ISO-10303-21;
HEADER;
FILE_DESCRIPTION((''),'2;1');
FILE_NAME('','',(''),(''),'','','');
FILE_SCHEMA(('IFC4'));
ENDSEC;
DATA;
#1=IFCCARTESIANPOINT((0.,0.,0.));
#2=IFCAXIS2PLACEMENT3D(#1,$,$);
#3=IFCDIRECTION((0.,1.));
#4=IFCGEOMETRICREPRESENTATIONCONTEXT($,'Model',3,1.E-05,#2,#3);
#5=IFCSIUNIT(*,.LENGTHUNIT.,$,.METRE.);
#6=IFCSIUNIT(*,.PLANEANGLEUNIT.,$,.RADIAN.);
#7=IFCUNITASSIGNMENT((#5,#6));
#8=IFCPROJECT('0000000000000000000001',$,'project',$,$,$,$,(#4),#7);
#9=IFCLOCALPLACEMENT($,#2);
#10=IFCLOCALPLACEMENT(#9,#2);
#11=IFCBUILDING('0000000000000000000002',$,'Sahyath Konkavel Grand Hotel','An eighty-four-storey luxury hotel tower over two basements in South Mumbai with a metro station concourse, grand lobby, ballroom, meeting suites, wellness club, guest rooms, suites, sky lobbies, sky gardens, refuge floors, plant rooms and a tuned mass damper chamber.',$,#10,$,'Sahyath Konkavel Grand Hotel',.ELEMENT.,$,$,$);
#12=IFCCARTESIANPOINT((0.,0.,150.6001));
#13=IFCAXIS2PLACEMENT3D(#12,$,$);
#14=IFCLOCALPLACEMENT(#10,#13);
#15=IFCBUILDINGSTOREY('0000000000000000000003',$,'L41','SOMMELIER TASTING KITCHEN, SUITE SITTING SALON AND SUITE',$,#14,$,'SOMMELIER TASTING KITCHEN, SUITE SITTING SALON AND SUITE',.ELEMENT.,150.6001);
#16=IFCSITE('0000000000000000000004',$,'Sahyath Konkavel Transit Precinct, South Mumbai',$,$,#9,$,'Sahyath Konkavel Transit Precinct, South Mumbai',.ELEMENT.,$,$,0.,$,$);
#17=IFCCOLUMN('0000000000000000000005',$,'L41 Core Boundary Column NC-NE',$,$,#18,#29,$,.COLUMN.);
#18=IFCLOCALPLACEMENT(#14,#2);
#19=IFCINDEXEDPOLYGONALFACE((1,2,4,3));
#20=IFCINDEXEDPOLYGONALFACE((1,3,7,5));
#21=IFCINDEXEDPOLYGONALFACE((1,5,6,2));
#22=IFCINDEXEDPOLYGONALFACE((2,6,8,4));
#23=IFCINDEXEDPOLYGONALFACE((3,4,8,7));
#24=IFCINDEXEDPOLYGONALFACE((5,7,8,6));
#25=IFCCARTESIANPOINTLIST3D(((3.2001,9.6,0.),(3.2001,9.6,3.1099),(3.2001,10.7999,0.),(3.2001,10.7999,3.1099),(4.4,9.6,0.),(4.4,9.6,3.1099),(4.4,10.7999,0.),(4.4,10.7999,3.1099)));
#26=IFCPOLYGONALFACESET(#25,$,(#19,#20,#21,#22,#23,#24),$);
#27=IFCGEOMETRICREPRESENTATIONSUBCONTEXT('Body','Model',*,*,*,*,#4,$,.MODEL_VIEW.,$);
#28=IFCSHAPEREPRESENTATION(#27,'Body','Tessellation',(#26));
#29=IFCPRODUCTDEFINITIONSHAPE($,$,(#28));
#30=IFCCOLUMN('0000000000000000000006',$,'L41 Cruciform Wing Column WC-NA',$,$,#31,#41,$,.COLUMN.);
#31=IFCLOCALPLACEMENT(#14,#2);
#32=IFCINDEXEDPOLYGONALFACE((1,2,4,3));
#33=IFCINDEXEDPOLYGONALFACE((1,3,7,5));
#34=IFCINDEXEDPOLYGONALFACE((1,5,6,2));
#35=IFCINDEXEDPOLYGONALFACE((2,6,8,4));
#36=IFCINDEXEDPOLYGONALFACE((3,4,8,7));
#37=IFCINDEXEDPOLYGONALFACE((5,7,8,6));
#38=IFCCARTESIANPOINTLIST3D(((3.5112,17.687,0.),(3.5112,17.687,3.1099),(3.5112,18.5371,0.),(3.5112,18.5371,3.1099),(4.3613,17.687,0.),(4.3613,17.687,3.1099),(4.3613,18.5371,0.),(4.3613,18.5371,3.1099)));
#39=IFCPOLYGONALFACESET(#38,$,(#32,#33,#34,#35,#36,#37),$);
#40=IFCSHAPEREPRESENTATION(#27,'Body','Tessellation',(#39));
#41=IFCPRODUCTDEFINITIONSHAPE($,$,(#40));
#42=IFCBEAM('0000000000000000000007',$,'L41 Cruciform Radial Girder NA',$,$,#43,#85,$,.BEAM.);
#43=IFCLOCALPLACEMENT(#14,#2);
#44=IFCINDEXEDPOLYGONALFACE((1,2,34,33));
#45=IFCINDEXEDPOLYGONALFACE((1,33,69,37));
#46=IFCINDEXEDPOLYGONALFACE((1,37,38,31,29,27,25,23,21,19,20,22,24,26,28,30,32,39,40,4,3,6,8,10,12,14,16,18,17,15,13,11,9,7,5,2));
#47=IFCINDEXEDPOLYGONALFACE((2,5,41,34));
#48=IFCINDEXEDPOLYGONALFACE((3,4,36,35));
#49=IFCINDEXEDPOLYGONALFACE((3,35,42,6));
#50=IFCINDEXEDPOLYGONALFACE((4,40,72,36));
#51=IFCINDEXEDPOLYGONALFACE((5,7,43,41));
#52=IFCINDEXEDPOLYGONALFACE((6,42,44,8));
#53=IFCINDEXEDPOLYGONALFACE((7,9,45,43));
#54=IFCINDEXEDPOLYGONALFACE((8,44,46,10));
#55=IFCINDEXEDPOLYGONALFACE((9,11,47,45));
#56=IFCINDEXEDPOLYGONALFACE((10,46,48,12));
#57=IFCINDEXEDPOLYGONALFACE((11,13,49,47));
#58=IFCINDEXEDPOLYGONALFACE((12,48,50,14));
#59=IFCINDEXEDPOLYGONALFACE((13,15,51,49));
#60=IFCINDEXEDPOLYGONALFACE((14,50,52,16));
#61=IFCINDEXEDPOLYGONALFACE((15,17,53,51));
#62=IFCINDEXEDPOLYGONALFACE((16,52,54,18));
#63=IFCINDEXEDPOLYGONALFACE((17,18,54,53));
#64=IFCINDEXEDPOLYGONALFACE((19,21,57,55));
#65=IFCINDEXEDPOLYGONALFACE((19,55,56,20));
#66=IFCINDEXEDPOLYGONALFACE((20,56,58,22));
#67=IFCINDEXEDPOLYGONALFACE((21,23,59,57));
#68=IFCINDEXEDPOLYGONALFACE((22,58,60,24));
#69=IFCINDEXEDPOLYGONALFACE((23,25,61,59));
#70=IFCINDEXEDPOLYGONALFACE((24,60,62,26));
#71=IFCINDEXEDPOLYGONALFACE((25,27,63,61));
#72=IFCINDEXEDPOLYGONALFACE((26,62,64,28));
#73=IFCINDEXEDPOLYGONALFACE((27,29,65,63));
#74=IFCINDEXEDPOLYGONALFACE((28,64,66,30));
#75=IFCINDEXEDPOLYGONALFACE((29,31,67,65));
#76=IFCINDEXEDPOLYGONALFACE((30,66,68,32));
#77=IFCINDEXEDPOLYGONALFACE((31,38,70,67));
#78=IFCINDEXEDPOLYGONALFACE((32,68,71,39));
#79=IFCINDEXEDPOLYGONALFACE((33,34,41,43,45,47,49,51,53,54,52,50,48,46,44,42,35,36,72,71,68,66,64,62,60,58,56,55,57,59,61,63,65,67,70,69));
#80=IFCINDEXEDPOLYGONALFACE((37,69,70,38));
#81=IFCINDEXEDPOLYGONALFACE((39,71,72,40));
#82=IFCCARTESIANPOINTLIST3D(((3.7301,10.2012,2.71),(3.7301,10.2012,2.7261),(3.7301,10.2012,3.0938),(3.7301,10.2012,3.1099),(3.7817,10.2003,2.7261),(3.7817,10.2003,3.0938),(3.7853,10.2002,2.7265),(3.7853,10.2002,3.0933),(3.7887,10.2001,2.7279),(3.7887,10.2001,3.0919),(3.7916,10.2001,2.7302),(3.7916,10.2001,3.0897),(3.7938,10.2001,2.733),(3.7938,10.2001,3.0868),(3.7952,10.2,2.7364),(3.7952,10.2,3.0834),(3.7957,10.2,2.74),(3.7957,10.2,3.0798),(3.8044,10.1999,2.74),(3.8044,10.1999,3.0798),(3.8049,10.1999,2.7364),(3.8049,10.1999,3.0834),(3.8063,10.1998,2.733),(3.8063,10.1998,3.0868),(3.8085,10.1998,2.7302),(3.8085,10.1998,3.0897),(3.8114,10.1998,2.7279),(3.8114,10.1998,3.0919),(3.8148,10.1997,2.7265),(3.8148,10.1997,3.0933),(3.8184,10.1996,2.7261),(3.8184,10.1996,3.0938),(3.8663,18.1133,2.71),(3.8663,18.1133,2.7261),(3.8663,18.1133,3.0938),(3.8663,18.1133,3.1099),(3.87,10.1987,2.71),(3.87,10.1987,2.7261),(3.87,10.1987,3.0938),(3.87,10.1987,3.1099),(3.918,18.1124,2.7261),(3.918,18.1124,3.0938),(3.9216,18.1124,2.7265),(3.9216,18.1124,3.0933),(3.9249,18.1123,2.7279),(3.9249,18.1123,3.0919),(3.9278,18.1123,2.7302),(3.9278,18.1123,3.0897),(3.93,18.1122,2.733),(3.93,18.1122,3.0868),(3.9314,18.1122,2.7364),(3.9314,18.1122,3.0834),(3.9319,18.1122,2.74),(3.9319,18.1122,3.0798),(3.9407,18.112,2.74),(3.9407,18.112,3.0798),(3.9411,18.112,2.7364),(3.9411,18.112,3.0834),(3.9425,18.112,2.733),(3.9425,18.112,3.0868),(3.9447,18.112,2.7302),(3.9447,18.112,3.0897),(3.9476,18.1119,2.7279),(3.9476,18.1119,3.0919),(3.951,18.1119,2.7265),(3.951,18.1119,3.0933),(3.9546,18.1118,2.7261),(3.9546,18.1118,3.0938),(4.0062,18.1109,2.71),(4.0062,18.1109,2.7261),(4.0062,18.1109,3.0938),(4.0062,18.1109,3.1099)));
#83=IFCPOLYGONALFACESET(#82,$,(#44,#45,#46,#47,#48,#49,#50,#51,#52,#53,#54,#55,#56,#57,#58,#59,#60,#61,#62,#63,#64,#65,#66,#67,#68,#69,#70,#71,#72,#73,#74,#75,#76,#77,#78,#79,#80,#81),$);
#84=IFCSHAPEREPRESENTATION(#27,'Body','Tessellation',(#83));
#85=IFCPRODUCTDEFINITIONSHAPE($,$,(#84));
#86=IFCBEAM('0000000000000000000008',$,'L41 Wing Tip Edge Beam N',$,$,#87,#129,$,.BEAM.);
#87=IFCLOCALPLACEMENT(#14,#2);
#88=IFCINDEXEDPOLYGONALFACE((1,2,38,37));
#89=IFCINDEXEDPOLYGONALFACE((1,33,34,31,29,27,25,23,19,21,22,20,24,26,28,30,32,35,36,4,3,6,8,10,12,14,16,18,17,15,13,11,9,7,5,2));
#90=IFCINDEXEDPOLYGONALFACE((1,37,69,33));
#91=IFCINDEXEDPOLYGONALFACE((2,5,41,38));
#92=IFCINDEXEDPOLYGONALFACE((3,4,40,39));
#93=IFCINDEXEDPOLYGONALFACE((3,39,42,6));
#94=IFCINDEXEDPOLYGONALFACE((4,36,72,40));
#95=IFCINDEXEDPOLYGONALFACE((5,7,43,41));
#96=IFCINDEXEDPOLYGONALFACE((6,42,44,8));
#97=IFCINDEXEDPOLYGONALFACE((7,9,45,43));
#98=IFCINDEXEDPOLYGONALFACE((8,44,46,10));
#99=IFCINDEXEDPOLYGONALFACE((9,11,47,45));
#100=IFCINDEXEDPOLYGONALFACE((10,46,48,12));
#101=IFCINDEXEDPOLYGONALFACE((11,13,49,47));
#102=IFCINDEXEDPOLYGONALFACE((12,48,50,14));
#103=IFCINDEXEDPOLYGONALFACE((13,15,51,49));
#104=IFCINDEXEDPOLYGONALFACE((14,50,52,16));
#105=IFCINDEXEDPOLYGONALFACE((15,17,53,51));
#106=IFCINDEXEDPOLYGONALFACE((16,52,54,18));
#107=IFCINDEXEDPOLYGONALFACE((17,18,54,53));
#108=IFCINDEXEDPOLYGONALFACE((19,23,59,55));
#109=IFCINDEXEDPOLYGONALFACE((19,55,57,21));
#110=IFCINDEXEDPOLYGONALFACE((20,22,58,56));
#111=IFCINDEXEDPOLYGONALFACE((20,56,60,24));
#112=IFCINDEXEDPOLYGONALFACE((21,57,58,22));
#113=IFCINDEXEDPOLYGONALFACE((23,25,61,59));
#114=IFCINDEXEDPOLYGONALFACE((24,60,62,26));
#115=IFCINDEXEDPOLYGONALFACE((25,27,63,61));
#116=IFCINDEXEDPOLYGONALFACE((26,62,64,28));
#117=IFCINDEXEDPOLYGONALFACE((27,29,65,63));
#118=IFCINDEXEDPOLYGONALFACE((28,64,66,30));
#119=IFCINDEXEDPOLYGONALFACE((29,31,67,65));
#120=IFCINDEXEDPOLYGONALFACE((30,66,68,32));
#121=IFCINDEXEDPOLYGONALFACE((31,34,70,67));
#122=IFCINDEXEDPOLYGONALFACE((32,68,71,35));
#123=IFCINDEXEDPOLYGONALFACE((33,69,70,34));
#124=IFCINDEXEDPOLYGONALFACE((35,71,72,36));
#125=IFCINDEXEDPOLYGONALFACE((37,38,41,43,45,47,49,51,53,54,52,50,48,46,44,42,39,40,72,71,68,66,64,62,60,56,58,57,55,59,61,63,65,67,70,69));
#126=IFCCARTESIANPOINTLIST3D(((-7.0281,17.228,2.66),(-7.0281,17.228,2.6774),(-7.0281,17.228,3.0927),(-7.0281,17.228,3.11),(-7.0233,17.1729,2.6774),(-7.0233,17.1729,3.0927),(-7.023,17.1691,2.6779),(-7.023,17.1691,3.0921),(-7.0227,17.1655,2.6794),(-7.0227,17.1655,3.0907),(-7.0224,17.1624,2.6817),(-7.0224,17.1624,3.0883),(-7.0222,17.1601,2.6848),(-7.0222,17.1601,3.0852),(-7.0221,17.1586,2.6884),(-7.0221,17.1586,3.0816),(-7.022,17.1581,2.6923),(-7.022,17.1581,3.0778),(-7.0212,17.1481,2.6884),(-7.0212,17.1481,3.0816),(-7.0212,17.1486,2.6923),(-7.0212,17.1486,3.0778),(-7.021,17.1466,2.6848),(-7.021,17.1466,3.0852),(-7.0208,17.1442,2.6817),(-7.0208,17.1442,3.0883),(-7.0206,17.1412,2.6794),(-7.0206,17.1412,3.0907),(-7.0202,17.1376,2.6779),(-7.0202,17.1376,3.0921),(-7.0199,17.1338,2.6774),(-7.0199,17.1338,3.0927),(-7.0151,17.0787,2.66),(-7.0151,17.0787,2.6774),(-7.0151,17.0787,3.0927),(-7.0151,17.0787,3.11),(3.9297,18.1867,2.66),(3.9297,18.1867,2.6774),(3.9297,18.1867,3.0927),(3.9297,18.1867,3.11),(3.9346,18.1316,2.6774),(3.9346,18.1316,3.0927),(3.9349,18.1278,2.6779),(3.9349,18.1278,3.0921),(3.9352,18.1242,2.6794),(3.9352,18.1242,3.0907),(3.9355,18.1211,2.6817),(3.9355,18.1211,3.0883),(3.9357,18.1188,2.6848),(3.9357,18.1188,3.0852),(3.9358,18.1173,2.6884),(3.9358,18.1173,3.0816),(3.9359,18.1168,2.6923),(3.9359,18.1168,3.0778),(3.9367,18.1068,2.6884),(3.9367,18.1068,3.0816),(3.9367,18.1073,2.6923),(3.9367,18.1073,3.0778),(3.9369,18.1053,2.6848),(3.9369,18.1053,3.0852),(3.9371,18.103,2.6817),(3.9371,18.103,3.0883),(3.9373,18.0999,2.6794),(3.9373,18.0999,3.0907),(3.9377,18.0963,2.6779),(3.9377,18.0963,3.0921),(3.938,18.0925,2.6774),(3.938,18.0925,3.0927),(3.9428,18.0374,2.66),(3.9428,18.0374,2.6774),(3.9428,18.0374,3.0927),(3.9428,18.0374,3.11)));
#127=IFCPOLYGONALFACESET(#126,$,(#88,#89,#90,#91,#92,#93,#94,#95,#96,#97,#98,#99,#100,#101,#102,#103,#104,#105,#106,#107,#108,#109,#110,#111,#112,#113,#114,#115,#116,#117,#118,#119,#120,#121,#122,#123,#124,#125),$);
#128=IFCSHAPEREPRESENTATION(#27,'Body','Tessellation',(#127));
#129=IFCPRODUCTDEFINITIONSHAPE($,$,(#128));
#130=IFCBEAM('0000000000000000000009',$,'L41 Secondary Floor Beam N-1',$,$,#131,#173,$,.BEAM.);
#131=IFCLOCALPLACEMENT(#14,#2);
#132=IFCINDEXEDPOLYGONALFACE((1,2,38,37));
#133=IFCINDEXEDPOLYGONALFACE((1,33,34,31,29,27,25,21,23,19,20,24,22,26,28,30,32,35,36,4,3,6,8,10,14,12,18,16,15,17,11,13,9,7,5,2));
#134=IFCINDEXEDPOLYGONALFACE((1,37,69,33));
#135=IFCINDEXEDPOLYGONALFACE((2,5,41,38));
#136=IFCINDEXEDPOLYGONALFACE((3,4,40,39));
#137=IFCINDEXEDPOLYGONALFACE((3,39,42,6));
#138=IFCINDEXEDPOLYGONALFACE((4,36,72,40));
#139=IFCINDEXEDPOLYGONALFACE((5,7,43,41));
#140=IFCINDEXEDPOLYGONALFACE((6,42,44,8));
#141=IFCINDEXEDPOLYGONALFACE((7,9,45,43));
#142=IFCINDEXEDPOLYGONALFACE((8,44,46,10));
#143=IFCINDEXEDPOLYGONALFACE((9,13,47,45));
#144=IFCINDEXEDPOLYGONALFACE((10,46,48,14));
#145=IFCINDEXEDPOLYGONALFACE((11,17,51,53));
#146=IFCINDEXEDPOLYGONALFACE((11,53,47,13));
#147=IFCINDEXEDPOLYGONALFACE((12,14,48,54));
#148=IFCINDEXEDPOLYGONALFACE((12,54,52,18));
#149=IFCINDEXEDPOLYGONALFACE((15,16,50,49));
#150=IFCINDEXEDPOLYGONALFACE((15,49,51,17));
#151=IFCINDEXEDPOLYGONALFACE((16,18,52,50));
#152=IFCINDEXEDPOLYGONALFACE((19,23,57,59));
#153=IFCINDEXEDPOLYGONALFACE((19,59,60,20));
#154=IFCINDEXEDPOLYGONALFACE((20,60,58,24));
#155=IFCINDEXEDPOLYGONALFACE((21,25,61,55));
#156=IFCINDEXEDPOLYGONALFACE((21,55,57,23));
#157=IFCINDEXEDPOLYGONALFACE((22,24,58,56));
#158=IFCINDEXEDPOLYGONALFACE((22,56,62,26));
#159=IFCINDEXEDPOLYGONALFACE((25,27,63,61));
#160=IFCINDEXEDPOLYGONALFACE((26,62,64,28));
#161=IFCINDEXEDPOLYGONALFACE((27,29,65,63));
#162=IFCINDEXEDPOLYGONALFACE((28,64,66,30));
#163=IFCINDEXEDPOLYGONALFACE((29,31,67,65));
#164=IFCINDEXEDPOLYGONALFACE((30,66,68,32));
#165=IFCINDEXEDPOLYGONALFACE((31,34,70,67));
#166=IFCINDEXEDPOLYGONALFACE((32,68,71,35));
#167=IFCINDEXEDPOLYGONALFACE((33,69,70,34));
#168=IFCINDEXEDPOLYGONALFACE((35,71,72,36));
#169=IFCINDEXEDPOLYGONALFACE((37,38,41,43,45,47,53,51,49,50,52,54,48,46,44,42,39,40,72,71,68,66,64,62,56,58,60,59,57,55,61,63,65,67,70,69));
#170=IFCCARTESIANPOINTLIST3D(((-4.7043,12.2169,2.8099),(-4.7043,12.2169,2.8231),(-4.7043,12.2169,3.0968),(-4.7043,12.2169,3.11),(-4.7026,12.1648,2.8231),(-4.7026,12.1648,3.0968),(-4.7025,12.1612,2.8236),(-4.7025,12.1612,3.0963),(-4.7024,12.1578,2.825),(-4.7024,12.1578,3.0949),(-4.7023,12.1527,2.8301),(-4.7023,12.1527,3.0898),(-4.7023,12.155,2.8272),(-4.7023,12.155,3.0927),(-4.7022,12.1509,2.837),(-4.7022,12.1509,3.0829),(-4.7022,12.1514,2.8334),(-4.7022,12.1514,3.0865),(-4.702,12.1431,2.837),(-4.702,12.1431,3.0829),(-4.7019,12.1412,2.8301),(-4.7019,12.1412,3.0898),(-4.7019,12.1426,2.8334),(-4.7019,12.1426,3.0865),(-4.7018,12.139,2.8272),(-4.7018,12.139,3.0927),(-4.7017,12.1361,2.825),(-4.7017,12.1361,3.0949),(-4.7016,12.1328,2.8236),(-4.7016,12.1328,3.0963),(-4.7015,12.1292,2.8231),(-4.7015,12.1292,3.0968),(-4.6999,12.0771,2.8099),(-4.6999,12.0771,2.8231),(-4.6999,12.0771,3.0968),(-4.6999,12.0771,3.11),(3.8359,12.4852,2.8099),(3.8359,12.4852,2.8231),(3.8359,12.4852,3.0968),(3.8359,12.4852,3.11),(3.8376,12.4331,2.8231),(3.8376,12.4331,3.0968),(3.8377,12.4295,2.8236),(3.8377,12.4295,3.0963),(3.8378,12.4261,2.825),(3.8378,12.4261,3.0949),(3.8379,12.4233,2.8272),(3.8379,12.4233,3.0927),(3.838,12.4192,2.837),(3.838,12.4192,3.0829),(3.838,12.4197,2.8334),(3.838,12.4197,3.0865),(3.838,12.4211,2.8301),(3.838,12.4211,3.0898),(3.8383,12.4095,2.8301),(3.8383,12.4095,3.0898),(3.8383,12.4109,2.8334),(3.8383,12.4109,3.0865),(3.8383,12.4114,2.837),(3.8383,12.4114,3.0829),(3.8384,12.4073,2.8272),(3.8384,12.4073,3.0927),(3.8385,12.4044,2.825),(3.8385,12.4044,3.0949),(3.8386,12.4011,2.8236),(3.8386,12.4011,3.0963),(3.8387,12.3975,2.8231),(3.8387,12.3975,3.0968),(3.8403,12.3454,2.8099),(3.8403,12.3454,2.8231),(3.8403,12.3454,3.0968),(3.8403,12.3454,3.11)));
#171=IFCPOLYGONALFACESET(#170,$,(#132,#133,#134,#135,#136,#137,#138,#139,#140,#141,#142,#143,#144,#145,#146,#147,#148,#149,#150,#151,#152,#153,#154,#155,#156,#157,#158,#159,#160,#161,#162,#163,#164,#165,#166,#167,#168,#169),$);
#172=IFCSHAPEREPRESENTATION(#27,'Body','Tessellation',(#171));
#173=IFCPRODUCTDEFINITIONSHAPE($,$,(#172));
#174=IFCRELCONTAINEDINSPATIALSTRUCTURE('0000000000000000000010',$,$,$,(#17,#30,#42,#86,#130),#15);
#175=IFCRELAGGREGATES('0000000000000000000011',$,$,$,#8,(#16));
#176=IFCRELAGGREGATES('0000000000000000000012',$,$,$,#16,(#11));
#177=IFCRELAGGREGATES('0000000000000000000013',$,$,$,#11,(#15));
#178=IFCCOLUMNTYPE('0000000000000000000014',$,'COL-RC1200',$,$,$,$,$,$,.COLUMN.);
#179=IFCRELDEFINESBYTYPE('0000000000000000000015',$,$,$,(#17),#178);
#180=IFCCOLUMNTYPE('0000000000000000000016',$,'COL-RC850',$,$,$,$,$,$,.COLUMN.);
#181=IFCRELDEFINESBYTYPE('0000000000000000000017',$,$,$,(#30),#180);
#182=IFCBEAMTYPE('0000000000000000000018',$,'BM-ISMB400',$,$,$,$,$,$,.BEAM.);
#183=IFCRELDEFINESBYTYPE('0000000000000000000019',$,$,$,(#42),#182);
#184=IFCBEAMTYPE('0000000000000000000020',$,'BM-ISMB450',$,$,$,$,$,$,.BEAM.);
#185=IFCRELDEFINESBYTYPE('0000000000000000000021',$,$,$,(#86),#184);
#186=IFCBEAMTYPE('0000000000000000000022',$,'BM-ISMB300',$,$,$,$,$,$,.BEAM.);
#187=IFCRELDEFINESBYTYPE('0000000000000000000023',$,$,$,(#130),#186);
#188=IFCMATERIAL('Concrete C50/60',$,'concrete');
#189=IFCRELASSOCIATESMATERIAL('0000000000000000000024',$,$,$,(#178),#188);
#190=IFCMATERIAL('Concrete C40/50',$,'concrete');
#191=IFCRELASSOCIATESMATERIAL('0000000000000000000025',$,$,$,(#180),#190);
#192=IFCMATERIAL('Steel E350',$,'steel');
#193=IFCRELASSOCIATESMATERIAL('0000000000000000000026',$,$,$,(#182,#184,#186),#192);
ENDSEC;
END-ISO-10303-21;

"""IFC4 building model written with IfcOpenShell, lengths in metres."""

from ifc_helpers import new_model, si_unit, direction, frame, origin, origin_2d, place, context, subcontext, project, spatial, rectangle, i_section, extrude, source, transform, mapped, material, material_profile, profile_set, type_object, element, save


model = new_model("IFC4")

# Units and contexts
model_context = context("Model", 3, precision=1e-05, world=origin(), true_north=direction((0.0, 1.0)))
body_context = subcontext(model_context, "Body", "Model", "MODEL_VIEW")
ifc_project = project(units=[si_unit("LENGTHUNIT", "METRE"), si_unit("PLANEANGLEUNIT", "RADIAN")], contexts=[model_context])

# Site, building, storey
site_placement = place(None, origin())
site = spatial("IfcSite", under=ifc_project, at=site_placement, Name="Sahyath Konkavel Transit Precinct, South Mumbai", LongName="Sahyath Konkavel Transit Precinct, South Mumbai", CompositionType="ELEMENT", RefElevation=0.0)
building_placement = place(site_placement, origin())
building = spatial("IfcBuilding", under=site, at=building_placement, Name="Sahyath Konkavel Grand Hotel", Description="An eighty-four-storey luxury hotel tower over two basements in South Mumbai with a metro station concourse, grand lobby, ballroom, meeting suites, wellness club, guest rooms, suites, sky lobbies, sky gardens, refuge floors, plant rooms and a tuned mass damper chamber.", LongName="Sahyath Konkavel Grand Hotel", CompositionType="ELEMENT")
storey_placement = place(building_placement, frame((0.0, 0.0, 150.6001)))
storey = spatial("IfcBuildingStorey", under=building, at=storey_placement, Name="L41", Description="SOMMELIER TASTING KITCHEN, SUITE SITTING SALON AND SUITE", LongName="SOMMELIER TASTING KITCHEN, SUITE SITTING SALON AND SUITE", CompositionType="ELEMENT", Elevation=150.6001)

# Columns
ifc_material_1 = material(Name="Concrete C50/60", Category="concrete")
ifc_material_profile_1 = material_profile(ifc_material_1, rectangle(XDim=1.2, YDim=1.2, at=origin_2d()), Name="RC 1200x1200")
ifc_profile_set_1 = profile_set([ifc_material_profile_1], Name="Concrete C50/60")
column_type_1 = type_object("IfcColumnType", Name="COL-RC1200", PredefinedType="COLUMN", material=ifc_profile_set_1)
shared_shape_1 = source(origin(), body_context, "Body", "SweptSolid", [
    extrude(rectangle(XDim=1.2, YDim=1.2, at=origin_2d()), origin(), (0.0, 0.0, 1.0), 3.1099),
])
column_1_placement = place(storey_placement, frame((3.8, 10.2, 0.0), z_axis=(0.0, 0.0, 1.0), x_axis=(1.0, 0.0, 0.0)))
element("IfcColumn", 1, at=column_1_placement, inside=storey, type_object=column_type_1, Name="L41 Core Boundary Column NC-NE", PredefinedType="COLUMN", context=body_context, shape_type="MappedRepresentation", body=[
    mapped(shared_shape_1, transform((0.0, 0.0, 0.0), scale=1.0)),
])
ifc_material_2 = material(Name="Concrete C40/50", Category="concrete")
ifc_material_profile_2 = material_profile(ifc_material_2, rectangle(XDim=0.8501, YDim=0.8501, at=origin_2d()), Name="RC 850x850")
ifc_profile_set_2 = profile_set([ifc_material_profile_2], Name="Concrete C40/50")
column_type_2 = type_object("IfcColumnType", Name="COL-RC850", PredefinedType="COLUMN", material=ifc_profile_set_2)
shared_shape_2 = source(origin(), body_context, "Body", "SweptSolid", [
    extrude(rectangle(XDim=0.8501, YDim=0.8501, at=origin_2d()), origin(), (0.0, 0.0, 1.0), 3.1099),
])
column_2_placement = place(storey_placement, frame((3.9363, 18.1121, 0.0), z_axis=(0.0, 0.0, 1.0), x_axis=(1.0, 0.0, 0.0)))
element("IfcColumn", 2, at=column_2_placement, inside=storey, type_object=column_type_2, Name="L41 Cruciform Wing Column WC-NA", PredefinedType="COLUMN", context=body_context, shape_type="MappedRepresentation", body=[
    mapped(shared_shape_2, transform((0.0, 0.0, 0.0), scale=1.0)),
])

# Beams
ifc_material_3 = material(Name="Steel E350", Category="steel")
ifc_material_profile_3 = material_profile(ifc_material_3, i_section(OverallWidth=0.1399, OverallDepth=0.3999, WebThickness=0.0088, FlangeThickness=0.0161, FilletRadius=0.0139, at=origin_2d()), Name="ISMB 400")
ifc_profile_set_3 = profile_set([ifc_material_profile_3], Name="Steel E350")
beam_type_1 = type_object("IfcBeamType", Name="BM-ISMB400", PredefinedType="BEAM", material=ifc_profile_set_3)
shared_shape_3 = source(origin(), body_context, "Body", "SweptSolid", [
    extrude(i_section(OverallWidth=0.1399, OverallDepth=0.3999, WebThickness=0.0088, FlangeThickness=0.0161, FilletRadius=0.0139, at=origin_2d()), origin(), (0.0, 0.0, 1.0), 7.9133),
])
beam_1_placement = place(storey_placement, frame((3.8, 10.2, 2.9099), z_axis=(0.017215, 0.999852, 0.0), x_axis=(-0.999852, 0.017215, 0.0)))
element("IfcBeam", 3, at=beam_1_placement, inside=storey, type_object=beam_type_1, Name="L41 Cruciform Radial Girder NA", PredefinedType="BEAM", context=body_context, shape_type="MappedRepresentation", body=[
    mapped(shared_shape_3, transform((0.0, 0.0, 0.0), scale=1.0)),
])
ifc_material_profile_4 = material_profile(ifc_material_3, i_section(OverallWidth=0.1499, OverallDepth=0.45, WebThickness=0.0095, FlangeThickness=0.0173, FilletRadius=0.0149, at=origin_2d()), Name="ISMB 450")
ifc_profile_set_4 = profile_set([ifc_material_profile_4], Name="Steel E350")
beam_type_2 = type_object("IfcBeamType", Name="BM-ISMB450", PredefinedType="BEAM", material=ifc_profile_set_4)
shared_shape_4 = source(origin(), body_context, "Body", "SweptSolid", [
    extrude(i_section(OverallWidth=0.1499, OverallDepth=0.45, WebThickness=0.0095, FlangeThickness=0.0173, FilletRadius=0.0149, at=origin_2d()), origin(), (0.0, 0.0, 1.0), 10.9998),
])
beam_2_placement = place(storey_placement, frame((3.9363, 18.1121, 2.885), z_axis=(-0.996194, -0.087159, 0.0), x_axis=(0.087159, -0.996194, 0.0)))
element("IfcBeam", 4, at=beam_2_placement, inside=storey, type_object=beam_type_2, Name="L41 Wing Tip Edge Beam N", PredefinedType="BEAM", context=body_context, shape_type="MappedRepresentation", body=[
    mapped(shared_shape_4, transform((0.0, 0.0, 0.0), scale=1.0)),
])
ifc_material_profile_5 = material_profile(ifc_material_3, i_section(OverallWidth=0.1399, OverallDepth=0.3, WebThickness=0.0078, FlangeThickness=0.0132, FilletRadius=0.0139, at=origin_2d()), Name="ISMB 300")
ifc_profile_set_5 = profile_set([ifc_material_profile_5], Name="Steel E350")
beam_type_3 = type_object("IfcBeamType", Name="BM-ISMB300", PredefinedType="BEAM", material=ifc_profile_set_5)
shared_shape_5 = source(origin(), body_context, "Body", "SweptSolid", [
    extrude(i_section(OverallWidth=0.1399, OverallDepth=0.3, WebThickness=0.0078, FlangeThickness=0.0132, FilletRadius=0.0139, at=origin_2d()), origin(), (0.0, 0.0, 1.0), 8.5444),
])
beam_3_placement = place(storey_placement, frame((3.8381, 12.4153, 2.96), z_axis=(-0.999507, -0.031402, 0.0), x_axis=(0.031402, -0.999507, 0.0)))
element("IfcBeam", 5, at=beam_3_placement, inside=storey, type_object=beam_type_3, Name="L41 Secondary Floor Beam N-1", PredefinedType="BEAM", context=body_context, shape_type="MappedRepresentation", body=[
    mapped(shared_shape_5, transform((0.0, 0.0, 0.0), scale=1.0)),
])

save(model, "model.ifc")
